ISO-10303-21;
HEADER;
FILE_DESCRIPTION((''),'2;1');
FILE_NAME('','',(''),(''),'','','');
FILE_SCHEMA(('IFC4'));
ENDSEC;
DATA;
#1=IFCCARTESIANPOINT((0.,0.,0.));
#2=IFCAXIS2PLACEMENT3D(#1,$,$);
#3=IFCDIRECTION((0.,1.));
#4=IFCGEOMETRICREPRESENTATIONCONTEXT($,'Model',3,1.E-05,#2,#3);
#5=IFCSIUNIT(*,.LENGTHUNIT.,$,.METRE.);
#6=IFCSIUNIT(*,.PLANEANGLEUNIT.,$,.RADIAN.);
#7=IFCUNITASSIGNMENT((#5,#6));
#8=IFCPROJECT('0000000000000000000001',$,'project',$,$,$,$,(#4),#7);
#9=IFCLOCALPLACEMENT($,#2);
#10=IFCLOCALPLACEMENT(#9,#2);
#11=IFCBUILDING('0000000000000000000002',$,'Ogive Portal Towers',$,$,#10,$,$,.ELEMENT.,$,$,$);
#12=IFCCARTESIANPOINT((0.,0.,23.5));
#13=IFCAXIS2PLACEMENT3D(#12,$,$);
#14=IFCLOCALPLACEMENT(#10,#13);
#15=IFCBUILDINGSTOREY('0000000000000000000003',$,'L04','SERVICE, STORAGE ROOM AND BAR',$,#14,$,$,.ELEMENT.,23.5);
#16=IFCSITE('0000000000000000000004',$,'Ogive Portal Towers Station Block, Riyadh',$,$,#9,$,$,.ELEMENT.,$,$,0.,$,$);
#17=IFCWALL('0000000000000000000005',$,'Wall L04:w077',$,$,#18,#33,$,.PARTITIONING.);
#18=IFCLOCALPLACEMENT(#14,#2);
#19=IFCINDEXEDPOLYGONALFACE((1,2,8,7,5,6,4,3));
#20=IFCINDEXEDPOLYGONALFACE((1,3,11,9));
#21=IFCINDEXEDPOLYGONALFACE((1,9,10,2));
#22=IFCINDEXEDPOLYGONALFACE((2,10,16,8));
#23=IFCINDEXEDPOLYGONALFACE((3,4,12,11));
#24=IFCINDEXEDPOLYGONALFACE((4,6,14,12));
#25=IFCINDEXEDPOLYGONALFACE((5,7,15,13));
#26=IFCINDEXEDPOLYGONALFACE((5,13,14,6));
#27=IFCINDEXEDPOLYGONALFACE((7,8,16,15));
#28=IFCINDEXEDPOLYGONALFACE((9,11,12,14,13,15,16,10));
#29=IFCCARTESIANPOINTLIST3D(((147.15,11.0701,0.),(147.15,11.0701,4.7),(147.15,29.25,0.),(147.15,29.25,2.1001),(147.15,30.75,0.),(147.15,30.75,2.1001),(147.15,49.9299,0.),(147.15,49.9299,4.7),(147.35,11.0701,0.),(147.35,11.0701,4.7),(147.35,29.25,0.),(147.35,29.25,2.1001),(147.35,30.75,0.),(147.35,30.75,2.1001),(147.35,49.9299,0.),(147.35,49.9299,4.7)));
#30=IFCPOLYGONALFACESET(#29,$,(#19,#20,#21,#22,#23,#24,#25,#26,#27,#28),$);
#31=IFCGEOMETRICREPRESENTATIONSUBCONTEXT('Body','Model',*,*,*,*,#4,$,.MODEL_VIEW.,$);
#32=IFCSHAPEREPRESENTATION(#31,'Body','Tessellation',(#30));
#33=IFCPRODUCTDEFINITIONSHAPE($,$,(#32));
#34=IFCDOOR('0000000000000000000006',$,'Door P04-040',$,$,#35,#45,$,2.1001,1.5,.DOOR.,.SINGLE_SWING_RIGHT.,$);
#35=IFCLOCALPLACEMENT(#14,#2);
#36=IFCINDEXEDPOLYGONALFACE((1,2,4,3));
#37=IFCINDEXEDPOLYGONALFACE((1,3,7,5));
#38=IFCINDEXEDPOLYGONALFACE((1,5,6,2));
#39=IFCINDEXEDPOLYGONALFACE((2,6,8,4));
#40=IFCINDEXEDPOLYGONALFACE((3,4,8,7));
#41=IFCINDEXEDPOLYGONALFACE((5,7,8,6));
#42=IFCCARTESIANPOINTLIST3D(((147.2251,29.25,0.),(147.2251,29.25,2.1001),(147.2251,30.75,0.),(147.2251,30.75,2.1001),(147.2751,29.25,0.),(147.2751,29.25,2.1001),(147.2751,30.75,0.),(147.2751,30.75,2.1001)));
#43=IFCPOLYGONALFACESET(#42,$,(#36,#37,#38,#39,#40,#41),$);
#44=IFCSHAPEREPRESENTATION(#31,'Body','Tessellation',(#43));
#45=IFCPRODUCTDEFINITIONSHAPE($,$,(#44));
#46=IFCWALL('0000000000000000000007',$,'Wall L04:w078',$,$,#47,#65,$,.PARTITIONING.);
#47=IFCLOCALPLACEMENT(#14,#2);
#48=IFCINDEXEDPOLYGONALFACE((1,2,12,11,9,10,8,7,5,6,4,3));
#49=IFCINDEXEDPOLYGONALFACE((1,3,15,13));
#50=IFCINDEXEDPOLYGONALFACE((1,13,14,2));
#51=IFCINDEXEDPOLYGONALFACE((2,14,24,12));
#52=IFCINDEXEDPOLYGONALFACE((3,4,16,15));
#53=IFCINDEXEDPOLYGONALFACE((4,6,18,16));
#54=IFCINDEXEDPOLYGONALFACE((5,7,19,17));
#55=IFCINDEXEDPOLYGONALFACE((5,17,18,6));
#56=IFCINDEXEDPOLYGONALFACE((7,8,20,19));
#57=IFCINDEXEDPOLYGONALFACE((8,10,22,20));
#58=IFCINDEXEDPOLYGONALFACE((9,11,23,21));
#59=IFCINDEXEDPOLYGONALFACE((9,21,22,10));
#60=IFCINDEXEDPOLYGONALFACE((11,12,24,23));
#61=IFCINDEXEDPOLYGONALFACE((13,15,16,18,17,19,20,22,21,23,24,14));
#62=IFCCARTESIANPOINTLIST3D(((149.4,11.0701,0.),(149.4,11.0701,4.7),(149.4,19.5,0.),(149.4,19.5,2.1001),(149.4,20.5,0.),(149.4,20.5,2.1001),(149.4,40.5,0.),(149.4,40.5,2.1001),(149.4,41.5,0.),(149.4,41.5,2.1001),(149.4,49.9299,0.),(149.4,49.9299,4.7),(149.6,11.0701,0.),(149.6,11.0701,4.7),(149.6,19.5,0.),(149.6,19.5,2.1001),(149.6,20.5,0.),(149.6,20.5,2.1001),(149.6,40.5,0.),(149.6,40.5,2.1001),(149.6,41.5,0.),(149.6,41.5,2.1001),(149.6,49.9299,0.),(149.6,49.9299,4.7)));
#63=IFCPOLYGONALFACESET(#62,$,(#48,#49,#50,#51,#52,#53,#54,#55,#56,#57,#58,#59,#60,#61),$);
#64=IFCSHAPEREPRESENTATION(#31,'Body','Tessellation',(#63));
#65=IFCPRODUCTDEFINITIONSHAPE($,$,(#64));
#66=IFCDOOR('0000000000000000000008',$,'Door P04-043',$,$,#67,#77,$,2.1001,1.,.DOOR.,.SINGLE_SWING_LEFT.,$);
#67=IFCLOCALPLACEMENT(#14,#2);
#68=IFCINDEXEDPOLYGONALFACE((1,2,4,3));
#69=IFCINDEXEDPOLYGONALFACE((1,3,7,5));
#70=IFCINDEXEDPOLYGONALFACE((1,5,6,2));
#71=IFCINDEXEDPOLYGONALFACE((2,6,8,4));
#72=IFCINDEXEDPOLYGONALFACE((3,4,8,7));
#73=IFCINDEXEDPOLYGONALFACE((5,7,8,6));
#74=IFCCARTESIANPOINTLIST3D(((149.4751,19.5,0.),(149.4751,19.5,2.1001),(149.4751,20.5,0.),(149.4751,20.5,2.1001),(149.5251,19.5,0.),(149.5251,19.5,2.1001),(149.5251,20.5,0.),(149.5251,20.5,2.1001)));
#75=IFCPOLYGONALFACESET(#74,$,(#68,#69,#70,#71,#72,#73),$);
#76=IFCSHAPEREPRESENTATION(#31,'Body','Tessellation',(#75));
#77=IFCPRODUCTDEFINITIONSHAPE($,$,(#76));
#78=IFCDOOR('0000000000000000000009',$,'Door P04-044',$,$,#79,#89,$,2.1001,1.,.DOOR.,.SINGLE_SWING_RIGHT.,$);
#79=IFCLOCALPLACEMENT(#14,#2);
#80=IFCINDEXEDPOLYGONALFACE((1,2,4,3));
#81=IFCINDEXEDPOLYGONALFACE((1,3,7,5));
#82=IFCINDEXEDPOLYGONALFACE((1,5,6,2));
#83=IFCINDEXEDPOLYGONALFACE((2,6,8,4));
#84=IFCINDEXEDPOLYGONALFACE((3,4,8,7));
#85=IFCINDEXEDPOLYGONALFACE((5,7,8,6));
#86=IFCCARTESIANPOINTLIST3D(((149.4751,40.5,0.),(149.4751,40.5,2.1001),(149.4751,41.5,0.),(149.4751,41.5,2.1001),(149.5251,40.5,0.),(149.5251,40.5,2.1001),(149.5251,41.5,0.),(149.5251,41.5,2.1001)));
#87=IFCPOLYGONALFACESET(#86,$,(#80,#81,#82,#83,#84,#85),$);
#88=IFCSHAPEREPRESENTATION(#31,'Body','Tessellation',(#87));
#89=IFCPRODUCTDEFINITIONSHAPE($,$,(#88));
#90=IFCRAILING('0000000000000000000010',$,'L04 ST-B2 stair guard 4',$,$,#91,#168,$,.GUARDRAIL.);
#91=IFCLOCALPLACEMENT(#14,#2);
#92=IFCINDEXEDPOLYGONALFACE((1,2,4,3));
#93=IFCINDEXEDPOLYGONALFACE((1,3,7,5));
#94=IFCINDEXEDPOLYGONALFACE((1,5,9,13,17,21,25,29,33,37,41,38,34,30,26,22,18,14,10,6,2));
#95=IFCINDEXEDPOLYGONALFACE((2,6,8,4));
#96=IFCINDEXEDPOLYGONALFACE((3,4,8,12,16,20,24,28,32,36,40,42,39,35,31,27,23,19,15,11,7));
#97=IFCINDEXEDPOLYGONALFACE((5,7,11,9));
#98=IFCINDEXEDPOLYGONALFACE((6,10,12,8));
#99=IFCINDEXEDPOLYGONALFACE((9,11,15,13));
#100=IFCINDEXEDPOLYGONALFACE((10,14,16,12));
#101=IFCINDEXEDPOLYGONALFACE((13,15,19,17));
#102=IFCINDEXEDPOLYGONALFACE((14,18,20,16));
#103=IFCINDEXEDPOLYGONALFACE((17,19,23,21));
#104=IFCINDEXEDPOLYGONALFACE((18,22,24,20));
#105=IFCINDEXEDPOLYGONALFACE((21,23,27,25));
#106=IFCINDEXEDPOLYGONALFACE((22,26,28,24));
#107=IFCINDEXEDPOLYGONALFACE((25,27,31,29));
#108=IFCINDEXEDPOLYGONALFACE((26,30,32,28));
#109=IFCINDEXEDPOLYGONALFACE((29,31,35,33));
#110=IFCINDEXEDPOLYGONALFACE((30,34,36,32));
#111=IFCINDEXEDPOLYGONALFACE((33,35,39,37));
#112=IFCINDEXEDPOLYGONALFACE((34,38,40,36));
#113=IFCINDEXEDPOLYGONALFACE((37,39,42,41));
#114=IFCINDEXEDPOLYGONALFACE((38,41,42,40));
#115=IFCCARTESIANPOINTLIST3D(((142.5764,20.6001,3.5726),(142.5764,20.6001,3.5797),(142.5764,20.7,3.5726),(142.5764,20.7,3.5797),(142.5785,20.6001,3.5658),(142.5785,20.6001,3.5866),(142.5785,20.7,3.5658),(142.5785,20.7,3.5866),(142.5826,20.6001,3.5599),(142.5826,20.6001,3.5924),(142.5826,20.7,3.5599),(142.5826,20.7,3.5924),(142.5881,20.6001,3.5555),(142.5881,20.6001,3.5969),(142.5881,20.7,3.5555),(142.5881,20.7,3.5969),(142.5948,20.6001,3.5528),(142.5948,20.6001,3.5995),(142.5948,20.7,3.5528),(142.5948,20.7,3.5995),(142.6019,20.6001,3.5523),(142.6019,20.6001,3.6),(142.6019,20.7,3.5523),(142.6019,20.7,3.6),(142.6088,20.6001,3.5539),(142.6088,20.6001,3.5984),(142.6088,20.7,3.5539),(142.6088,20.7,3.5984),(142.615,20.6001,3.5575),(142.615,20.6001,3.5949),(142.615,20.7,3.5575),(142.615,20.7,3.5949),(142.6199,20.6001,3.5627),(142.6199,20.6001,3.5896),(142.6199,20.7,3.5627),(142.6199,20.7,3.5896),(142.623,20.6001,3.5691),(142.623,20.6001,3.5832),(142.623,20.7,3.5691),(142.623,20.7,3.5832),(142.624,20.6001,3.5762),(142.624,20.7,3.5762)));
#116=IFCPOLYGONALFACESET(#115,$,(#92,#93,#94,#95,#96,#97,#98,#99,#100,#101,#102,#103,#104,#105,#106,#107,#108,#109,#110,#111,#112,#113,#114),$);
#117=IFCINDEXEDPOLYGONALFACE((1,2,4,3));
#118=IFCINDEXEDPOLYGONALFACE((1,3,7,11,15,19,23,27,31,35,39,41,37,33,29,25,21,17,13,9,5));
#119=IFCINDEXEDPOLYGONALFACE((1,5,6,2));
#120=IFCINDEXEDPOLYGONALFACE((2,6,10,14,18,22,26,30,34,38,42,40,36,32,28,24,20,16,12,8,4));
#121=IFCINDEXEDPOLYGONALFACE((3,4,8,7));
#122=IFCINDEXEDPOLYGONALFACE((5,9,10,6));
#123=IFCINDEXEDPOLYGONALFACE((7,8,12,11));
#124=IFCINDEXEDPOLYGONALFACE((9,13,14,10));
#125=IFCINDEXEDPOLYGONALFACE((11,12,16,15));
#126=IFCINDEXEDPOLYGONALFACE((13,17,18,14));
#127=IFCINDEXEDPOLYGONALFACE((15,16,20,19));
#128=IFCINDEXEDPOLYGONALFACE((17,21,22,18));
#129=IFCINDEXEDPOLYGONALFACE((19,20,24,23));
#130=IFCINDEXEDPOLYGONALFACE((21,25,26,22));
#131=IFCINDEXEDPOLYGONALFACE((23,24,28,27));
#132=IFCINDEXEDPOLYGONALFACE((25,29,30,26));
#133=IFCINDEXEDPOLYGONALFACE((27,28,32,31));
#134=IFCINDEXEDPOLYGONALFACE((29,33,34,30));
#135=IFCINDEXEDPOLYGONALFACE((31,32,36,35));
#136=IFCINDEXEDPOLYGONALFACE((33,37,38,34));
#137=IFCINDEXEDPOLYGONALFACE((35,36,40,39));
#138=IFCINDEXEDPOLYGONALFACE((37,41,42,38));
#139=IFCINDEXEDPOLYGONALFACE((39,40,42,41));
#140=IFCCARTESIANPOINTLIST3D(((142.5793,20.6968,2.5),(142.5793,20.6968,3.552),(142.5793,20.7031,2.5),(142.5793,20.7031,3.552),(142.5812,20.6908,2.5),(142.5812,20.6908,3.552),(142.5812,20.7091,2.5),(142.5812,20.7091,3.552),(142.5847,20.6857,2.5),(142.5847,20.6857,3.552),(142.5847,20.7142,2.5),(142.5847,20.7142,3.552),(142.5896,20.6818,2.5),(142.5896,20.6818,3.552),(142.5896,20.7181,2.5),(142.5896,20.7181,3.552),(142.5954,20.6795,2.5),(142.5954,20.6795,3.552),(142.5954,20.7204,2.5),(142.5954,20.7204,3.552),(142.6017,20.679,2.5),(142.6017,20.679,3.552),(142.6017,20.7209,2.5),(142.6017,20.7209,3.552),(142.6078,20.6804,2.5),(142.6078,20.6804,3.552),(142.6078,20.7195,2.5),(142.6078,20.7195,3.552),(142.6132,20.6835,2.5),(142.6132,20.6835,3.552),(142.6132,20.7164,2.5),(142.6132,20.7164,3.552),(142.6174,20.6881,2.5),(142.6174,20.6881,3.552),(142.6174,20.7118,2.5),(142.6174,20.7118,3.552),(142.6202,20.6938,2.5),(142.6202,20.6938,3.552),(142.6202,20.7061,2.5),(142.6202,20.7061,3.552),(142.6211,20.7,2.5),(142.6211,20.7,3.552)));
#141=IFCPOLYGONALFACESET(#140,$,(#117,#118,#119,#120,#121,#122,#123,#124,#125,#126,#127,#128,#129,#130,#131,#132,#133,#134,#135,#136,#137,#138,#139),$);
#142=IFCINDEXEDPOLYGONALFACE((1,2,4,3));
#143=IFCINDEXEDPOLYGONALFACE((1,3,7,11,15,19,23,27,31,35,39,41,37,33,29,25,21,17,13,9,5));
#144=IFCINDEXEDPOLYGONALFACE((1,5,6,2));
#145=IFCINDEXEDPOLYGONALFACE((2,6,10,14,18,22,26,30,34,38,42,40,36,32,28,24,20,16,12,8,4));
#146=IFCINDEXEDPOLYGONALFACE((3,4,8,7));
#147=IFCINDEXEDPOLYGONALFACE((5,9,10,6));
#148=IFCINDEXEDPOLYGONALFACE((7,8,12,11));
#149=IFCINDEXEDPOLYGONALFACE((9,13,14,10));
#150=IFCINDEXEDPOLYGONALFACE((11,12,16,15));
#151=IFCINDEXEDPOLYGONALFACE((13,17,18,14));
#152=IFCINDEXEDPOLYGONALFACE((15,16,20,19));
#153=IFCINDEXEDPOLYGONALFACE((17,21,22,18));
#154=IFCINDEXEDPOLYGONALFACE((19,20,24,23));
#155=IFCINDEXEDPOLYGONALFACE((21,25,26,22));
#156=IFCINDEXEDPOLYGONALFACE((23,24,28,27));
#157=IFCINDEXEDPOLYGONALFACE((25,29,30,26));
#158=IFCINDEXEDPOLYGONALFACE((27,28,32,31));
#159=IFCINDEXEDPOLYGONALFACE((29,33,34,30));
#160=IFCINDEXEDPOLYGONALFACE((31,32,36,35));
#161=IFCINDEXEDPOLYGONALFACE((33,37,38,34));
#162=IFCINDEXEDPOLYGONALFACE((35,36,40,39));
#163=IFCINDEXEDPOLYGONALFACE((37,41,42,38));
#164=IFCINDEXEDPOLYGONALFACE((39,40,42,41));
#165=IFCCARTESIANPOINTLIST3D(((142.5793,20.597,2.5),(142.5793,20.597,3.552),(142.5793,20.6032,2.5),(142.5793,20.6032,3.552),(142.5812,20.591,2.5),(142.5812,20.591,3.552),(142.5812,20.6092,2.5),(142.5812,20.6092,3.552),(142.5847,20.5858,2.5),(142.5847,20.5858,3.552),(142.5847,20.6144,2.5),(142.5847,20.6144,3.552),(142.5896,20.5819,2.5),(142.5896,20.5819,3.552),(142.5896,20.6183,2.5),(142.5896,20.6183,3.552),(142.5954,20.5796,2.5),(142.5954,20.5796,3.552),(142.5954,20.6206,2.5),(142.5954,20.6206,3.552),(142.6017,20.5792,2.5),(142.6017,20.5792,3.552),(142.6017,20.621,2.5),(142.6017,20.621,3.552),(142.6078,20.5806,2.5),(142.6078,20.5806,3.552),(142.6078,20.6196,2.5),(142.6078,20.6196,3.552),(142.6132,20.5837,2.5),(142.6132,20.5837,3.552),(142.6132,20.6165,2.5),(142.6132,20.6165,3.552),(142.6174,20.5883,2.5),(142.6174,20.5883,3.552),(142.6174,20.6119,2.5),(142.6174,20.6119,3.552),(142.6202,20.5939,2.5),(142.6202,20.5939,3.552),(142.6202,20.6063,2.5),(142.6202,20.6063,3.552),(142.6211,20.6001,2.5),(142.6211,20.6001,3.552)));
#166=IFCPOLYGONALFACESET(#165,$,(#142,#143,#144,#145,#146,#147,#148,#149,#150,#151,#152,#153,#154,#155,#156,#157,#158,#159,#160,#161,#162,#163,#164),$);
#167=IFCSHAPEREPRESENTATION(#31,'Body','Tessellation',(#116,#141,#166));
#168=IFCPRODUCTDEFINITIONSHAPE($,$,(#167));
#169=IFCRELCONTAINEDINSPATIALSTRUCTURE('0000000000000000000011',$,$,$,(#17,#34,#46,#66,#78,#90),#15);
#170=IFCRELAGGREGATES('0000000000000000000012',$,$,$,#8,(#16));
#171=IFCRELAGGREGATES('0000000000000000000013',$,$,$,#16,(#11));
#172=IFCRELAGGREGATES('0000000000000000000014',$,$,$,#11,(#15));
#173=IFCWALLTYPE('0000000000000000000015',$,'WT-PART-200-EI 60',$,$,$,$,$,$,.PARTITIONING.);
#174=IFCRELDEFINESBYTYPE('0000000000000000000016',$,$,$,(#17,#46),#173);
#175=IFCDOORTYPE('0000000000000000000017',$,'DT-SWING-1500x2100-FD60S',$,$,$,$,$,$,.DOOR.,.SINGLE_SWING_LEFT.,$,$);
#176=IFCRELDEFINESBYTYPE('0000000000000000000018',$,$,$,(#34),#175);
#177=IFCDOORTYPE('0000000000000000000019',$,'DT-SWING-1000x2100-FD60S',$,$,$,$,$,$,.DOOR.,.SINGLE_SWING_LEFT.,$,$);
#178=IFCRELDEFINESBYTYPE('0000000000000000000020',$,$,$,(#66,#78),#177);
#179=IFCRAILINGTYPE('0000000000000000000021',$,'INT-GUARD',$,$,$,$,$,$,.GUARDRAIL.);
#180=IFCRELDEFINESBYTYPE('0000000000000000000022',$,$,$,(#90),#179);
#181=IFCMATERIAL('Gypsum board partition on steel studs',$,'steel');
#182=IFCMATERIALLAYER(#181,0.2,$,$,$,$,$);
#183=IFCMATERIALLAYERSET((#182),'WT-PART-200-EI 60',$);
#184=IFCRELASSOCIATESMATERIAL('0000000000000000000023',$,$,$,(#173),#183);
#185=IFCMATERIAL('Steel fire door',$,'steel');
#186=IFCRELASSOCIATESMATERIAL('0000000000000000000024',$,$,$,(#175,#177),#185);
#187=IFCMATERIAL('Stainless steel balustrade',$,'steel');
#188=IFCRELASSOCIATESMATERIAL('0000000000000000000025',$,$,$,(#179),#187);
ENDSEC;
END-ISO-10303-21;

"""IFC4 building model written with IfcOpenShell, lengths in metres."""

from ifc_helpers import new_model, si_unit, direction, frame, frame_2d, origin, origin_2d, place, context, subcontext, project, spatial, rectangle, circle, extrude, material, layer, layer_set, type_object, element, fill, save


model = new_model("IFC4")

# Units and contexts
model_context = context("Model", 3, precision=1e-05, world=origin(), true_north=direction((0.0, 1.0)))
body_context = subcontext(model_context, "Body", "Model", "MODEL_VIEW")
ifc_project = project(units=[si_unit("LENGTHUNIT", "METRE"), si_unit("PLANEANGLEUNIT", "RADIAN")], contexts=[model_context])

# Site, building, storey
site_placement = place(None, origin())
site = spatial("IfcSite", under=ifc_project, at=site_placement, Name="Ogive Portal Towers Station Block, Riyadh", CompositionType="ELEMENT", RefElevation=0.0)
building_placement = place(site_placement, origin())
building = spatial("IfcBuilding", under=site, at=building_placement, Name="Ogive Portal Towers", CompositionType="ELEMENT")
storey_placement = place(building_placement, frame((0.0, 0.0, 23.5)))
storey = spatial("IfcBuildingStorey", under=building, at=storey_placement, Name="L04", Description="SERVICE, STORAGE ROOM AND BAR", CompositionType="ELEMENT", Elevation=23.5)

# Wall, opening, door
ifc_material_1 = material(Name="Gypsum board partition on steel studs", Category="steel")
ifc_layer_1 = layer(ifc_material_1, 0.2)
ifc_layer_set_1 = layer_set([ifc_layer_1], Name="WT-PART-200-EI 60")
wall_type_1 = type_object("IfcWallType", Name="WT-PART-200-EI 60", PredefinedType="PARTITIONING", material=ifc_layer_set_1)
wall_1_placement = place(storey_placement, frame((147.25, 11.0701, 0.0), z_axis=(0.0, 0.0, 1.0), x_axis=(0.0, 1.0, 0.0)))
wall_1 = element("IfcWall", 1, at=wall_1_placement, inside=storey, type_object=wall_type_1, Name="Wall L04:w077", PredefinedType="PARTITIONING", context=body_context, shape_type="SweptSolid", body=[
    extrude(rectangle(XDim=38.8599, YDim=0.2, at=frame_2d((19.4299, 0.0))), origin(), (0.0, 0.0, 1.0), 4.7),
])
opening_1_placement = place(wall_1_placement, frame((18.1799, 0.0, 0.0)))
opening_1 = element("IfcOpeningElement", 2, at=opening_1_placement, cuts=wall_1, PredefinedType="OPENING", context=body_context, shape_type="SweptSolid", body=[
    extrude(rectangle(XDim=1.5, YDim=2.1001, at=frame_2d((0.75, 1.05))), frame((0.0, 0.1099, 0.0), z_axis=(0.0, -1.0, 0.0), x_axis=(1.0, 0.0, 0.0)), (0.0, 0.0, 1.0), 0.22),
])
ifc_material_2 = material(Name="Steel fire door", Category="steel")
door_type_1 = type_object("IfcDoorType", Name="DT-SWING-1500x2100-FD60S", OperationType="SINGLE_SWING_LEFT", PredefinedType="DOOR", material=ifc_material_2)
door_1_placement = place(opening_1_placement, origin())
door_1 = element("IfcDoor", 3, at=door_1_placement, inside=storey, type_object=door_type_1, Name="Door P04-040", OperationType="SINGLE_SWING_RIGHT", OverallHeight=2.1001, OverallWidth=1.5, PredefinedType="DOOR", context=body_context, shape_type="SweptSolid", body=[
    extrude(rectangle(XDim=1.5, YDim=2.1001, at=frame_2d((0.75, 1.05))), frame((0.0, 0.0249, 0.0), z_axis=(0.0, -1.0, 0.0), x_axis=(1.0, 0.0, 0.0)), (0.0, 0.0, 1.0), 0.05),
])
fill(opening_1, door_1)

# Wall, openings, doors
wall_2_placement = place(storey_placement, frame((149.5, 11.0701, 0.0), z_axis=(0.0, 0.0, 1.0), x_axis=(0.0, 1.0, 0.0)))
wall_2 = element("IfcWall", 4, at=wall_2_placement, inside=storey, type_object=wall_type_1, Name="Wall L04:w078", PredefinedType="PARTITIONING", context=body_context, shape_type="SweptSolid", body=[
    extrude(rectangle(XDim=38.8599, YDim=0.2, at=frame_2d((19.4299, 0.0))), origin(), (0.0, 0.0, 1.0), 4.7),
])
opening_2_placement = place(wall_2_placement, frame((8.4299, 0.0, 0.0)))
opening_2 = element("IfcOpeningElement", 5, at=opening_2_placement, cuts=wall_2, PredefinedType="OPENING", context=body_context, shape_type="SweptSolid", body=[
    extrude(rectangle(XDim=1.0, YDim=2.1001, at=frame_2d((0.5, 1.05))), frame((0.0, 0.1099, 0.0), z_axis=(0.0, -1.0, 0.0), x_axis=(1.0, 0.0, 0.0)), (0.0, 0.0, 1.0), 0.22),
])
opening_3_placement = place(wall_2_placement, frame((29.4299, 0.0, 0.0)))
opening_3 = element("IfcOpeningElement", 6, at=opening_3_placement, cuts=wall_2, PredefinedType="OPENING", context=body_context, shape_type="SweptSolid", body=[
    extrude(rectangle(XDim=1.0, YDim=2.1001, at=frame_2d((0.5, 1.05))), frame((0.0, 0.1099, 0.0), z_axis=(0.0, -1.0, 0.0), x_axis=(1.0, 0.0, 0.0)), (0.0, 0.0, 1.0), 0.22),
])
door_type_2 = type_object("IfcDoorType", Name="DT-SWING-1000x2100-FD60S", OperationType="SINGLE_SWING_LEFT", PredefinedType="DOOR", material=ifc_material_2)
door_2_placement = place(opening_2_placement, origin())
door_2 = element("IfcDoor", 7, at=door_2_placement, inside=storey, type_object=door_type_2, Name="Door P04-043", OperationType="SINGLE_SWING_LEFT", OverallHeight=2.1001, OverallWidth=1.0, PredefinedType="DOOR", context=body_context, shape_type="SweptSolid", body=[
    extrude(rectangle(XDim=1.0, YDim=2.1001, at=frame_2d((0.5, 1.05))), frame((0.0, 0.0249, 0.0), z_axis=(0.0, -1.0, 0.0), x_axis=(1.0, 0.0, 0.0)), (0.0, 0.0, 1.0), 0.05),
])
fill(opening_2, door_2)
door_3_placement = place(opening_3_placement, origin())
door_3 = element("IfcDoor", 8, at=door_3_placement, inside=storey, type_object=door_type_2, Name="Door P04-044", OperationType="SINGLE_SWING_RIGHT", OverallHeight=2.1001, OverallWidth=1.0, PredefinedType="DOOR", context=body_context, shape_type="SweptSolid", body=[
    extrude(rectangle(XDim=1.0, YDim=2.1001, at=frame_2d((0.5, 1.05))), frame((0.0, 0.0249, 0.0), z_axis=(0.0, -1.0, 0.0), x_axis=(1.0, 0.0, 0.0)), (0.0, 0.0, 1.0), 0.05),
])
fill(opening_3, door_3)

# Railing
ifc_material_3 = material(Name="Stainless steel balustrade", Category="steel")
railing_type = type_object("IfcRailingType", Name="INT-GUARD", PredefinedType="GUARDRAIL", material=ifc_material_3)
for number, where, name in (
    (9, (142.6001, 20.7, 2.5), "L04 ST-B2 stair guard 4"),
):
    element("IfcRailing", number, at=place(storey_placement, frame(where)), inside=storey, type_object=railing_type, Name=name, PredefinedType="GUARDRAIL", context=body_context, shape_type="SweptSolid", body=[
        extrude(circle(Radius=0.0239, at=origin_2d()), frame((0.0, 0.0, 1.0762), z_axis=(0.0, -1.0, 0.0), x_axis=(1.0, 0.0, 0.0)), (0.0, 0.0, 1.0), 0.0999),
        extrude(circle(Radius=0.021, at=origin_2d()), origin(), (0.0, 0.0, 1.0), 1.052),
        extrude(circle(Radius=0.021, at=origin_2d()), frame((0.0, -0.0999, 0.0)), (0.0, 0.0, 1.0), 1.052),
    ])

save(model, "model.ifc")
